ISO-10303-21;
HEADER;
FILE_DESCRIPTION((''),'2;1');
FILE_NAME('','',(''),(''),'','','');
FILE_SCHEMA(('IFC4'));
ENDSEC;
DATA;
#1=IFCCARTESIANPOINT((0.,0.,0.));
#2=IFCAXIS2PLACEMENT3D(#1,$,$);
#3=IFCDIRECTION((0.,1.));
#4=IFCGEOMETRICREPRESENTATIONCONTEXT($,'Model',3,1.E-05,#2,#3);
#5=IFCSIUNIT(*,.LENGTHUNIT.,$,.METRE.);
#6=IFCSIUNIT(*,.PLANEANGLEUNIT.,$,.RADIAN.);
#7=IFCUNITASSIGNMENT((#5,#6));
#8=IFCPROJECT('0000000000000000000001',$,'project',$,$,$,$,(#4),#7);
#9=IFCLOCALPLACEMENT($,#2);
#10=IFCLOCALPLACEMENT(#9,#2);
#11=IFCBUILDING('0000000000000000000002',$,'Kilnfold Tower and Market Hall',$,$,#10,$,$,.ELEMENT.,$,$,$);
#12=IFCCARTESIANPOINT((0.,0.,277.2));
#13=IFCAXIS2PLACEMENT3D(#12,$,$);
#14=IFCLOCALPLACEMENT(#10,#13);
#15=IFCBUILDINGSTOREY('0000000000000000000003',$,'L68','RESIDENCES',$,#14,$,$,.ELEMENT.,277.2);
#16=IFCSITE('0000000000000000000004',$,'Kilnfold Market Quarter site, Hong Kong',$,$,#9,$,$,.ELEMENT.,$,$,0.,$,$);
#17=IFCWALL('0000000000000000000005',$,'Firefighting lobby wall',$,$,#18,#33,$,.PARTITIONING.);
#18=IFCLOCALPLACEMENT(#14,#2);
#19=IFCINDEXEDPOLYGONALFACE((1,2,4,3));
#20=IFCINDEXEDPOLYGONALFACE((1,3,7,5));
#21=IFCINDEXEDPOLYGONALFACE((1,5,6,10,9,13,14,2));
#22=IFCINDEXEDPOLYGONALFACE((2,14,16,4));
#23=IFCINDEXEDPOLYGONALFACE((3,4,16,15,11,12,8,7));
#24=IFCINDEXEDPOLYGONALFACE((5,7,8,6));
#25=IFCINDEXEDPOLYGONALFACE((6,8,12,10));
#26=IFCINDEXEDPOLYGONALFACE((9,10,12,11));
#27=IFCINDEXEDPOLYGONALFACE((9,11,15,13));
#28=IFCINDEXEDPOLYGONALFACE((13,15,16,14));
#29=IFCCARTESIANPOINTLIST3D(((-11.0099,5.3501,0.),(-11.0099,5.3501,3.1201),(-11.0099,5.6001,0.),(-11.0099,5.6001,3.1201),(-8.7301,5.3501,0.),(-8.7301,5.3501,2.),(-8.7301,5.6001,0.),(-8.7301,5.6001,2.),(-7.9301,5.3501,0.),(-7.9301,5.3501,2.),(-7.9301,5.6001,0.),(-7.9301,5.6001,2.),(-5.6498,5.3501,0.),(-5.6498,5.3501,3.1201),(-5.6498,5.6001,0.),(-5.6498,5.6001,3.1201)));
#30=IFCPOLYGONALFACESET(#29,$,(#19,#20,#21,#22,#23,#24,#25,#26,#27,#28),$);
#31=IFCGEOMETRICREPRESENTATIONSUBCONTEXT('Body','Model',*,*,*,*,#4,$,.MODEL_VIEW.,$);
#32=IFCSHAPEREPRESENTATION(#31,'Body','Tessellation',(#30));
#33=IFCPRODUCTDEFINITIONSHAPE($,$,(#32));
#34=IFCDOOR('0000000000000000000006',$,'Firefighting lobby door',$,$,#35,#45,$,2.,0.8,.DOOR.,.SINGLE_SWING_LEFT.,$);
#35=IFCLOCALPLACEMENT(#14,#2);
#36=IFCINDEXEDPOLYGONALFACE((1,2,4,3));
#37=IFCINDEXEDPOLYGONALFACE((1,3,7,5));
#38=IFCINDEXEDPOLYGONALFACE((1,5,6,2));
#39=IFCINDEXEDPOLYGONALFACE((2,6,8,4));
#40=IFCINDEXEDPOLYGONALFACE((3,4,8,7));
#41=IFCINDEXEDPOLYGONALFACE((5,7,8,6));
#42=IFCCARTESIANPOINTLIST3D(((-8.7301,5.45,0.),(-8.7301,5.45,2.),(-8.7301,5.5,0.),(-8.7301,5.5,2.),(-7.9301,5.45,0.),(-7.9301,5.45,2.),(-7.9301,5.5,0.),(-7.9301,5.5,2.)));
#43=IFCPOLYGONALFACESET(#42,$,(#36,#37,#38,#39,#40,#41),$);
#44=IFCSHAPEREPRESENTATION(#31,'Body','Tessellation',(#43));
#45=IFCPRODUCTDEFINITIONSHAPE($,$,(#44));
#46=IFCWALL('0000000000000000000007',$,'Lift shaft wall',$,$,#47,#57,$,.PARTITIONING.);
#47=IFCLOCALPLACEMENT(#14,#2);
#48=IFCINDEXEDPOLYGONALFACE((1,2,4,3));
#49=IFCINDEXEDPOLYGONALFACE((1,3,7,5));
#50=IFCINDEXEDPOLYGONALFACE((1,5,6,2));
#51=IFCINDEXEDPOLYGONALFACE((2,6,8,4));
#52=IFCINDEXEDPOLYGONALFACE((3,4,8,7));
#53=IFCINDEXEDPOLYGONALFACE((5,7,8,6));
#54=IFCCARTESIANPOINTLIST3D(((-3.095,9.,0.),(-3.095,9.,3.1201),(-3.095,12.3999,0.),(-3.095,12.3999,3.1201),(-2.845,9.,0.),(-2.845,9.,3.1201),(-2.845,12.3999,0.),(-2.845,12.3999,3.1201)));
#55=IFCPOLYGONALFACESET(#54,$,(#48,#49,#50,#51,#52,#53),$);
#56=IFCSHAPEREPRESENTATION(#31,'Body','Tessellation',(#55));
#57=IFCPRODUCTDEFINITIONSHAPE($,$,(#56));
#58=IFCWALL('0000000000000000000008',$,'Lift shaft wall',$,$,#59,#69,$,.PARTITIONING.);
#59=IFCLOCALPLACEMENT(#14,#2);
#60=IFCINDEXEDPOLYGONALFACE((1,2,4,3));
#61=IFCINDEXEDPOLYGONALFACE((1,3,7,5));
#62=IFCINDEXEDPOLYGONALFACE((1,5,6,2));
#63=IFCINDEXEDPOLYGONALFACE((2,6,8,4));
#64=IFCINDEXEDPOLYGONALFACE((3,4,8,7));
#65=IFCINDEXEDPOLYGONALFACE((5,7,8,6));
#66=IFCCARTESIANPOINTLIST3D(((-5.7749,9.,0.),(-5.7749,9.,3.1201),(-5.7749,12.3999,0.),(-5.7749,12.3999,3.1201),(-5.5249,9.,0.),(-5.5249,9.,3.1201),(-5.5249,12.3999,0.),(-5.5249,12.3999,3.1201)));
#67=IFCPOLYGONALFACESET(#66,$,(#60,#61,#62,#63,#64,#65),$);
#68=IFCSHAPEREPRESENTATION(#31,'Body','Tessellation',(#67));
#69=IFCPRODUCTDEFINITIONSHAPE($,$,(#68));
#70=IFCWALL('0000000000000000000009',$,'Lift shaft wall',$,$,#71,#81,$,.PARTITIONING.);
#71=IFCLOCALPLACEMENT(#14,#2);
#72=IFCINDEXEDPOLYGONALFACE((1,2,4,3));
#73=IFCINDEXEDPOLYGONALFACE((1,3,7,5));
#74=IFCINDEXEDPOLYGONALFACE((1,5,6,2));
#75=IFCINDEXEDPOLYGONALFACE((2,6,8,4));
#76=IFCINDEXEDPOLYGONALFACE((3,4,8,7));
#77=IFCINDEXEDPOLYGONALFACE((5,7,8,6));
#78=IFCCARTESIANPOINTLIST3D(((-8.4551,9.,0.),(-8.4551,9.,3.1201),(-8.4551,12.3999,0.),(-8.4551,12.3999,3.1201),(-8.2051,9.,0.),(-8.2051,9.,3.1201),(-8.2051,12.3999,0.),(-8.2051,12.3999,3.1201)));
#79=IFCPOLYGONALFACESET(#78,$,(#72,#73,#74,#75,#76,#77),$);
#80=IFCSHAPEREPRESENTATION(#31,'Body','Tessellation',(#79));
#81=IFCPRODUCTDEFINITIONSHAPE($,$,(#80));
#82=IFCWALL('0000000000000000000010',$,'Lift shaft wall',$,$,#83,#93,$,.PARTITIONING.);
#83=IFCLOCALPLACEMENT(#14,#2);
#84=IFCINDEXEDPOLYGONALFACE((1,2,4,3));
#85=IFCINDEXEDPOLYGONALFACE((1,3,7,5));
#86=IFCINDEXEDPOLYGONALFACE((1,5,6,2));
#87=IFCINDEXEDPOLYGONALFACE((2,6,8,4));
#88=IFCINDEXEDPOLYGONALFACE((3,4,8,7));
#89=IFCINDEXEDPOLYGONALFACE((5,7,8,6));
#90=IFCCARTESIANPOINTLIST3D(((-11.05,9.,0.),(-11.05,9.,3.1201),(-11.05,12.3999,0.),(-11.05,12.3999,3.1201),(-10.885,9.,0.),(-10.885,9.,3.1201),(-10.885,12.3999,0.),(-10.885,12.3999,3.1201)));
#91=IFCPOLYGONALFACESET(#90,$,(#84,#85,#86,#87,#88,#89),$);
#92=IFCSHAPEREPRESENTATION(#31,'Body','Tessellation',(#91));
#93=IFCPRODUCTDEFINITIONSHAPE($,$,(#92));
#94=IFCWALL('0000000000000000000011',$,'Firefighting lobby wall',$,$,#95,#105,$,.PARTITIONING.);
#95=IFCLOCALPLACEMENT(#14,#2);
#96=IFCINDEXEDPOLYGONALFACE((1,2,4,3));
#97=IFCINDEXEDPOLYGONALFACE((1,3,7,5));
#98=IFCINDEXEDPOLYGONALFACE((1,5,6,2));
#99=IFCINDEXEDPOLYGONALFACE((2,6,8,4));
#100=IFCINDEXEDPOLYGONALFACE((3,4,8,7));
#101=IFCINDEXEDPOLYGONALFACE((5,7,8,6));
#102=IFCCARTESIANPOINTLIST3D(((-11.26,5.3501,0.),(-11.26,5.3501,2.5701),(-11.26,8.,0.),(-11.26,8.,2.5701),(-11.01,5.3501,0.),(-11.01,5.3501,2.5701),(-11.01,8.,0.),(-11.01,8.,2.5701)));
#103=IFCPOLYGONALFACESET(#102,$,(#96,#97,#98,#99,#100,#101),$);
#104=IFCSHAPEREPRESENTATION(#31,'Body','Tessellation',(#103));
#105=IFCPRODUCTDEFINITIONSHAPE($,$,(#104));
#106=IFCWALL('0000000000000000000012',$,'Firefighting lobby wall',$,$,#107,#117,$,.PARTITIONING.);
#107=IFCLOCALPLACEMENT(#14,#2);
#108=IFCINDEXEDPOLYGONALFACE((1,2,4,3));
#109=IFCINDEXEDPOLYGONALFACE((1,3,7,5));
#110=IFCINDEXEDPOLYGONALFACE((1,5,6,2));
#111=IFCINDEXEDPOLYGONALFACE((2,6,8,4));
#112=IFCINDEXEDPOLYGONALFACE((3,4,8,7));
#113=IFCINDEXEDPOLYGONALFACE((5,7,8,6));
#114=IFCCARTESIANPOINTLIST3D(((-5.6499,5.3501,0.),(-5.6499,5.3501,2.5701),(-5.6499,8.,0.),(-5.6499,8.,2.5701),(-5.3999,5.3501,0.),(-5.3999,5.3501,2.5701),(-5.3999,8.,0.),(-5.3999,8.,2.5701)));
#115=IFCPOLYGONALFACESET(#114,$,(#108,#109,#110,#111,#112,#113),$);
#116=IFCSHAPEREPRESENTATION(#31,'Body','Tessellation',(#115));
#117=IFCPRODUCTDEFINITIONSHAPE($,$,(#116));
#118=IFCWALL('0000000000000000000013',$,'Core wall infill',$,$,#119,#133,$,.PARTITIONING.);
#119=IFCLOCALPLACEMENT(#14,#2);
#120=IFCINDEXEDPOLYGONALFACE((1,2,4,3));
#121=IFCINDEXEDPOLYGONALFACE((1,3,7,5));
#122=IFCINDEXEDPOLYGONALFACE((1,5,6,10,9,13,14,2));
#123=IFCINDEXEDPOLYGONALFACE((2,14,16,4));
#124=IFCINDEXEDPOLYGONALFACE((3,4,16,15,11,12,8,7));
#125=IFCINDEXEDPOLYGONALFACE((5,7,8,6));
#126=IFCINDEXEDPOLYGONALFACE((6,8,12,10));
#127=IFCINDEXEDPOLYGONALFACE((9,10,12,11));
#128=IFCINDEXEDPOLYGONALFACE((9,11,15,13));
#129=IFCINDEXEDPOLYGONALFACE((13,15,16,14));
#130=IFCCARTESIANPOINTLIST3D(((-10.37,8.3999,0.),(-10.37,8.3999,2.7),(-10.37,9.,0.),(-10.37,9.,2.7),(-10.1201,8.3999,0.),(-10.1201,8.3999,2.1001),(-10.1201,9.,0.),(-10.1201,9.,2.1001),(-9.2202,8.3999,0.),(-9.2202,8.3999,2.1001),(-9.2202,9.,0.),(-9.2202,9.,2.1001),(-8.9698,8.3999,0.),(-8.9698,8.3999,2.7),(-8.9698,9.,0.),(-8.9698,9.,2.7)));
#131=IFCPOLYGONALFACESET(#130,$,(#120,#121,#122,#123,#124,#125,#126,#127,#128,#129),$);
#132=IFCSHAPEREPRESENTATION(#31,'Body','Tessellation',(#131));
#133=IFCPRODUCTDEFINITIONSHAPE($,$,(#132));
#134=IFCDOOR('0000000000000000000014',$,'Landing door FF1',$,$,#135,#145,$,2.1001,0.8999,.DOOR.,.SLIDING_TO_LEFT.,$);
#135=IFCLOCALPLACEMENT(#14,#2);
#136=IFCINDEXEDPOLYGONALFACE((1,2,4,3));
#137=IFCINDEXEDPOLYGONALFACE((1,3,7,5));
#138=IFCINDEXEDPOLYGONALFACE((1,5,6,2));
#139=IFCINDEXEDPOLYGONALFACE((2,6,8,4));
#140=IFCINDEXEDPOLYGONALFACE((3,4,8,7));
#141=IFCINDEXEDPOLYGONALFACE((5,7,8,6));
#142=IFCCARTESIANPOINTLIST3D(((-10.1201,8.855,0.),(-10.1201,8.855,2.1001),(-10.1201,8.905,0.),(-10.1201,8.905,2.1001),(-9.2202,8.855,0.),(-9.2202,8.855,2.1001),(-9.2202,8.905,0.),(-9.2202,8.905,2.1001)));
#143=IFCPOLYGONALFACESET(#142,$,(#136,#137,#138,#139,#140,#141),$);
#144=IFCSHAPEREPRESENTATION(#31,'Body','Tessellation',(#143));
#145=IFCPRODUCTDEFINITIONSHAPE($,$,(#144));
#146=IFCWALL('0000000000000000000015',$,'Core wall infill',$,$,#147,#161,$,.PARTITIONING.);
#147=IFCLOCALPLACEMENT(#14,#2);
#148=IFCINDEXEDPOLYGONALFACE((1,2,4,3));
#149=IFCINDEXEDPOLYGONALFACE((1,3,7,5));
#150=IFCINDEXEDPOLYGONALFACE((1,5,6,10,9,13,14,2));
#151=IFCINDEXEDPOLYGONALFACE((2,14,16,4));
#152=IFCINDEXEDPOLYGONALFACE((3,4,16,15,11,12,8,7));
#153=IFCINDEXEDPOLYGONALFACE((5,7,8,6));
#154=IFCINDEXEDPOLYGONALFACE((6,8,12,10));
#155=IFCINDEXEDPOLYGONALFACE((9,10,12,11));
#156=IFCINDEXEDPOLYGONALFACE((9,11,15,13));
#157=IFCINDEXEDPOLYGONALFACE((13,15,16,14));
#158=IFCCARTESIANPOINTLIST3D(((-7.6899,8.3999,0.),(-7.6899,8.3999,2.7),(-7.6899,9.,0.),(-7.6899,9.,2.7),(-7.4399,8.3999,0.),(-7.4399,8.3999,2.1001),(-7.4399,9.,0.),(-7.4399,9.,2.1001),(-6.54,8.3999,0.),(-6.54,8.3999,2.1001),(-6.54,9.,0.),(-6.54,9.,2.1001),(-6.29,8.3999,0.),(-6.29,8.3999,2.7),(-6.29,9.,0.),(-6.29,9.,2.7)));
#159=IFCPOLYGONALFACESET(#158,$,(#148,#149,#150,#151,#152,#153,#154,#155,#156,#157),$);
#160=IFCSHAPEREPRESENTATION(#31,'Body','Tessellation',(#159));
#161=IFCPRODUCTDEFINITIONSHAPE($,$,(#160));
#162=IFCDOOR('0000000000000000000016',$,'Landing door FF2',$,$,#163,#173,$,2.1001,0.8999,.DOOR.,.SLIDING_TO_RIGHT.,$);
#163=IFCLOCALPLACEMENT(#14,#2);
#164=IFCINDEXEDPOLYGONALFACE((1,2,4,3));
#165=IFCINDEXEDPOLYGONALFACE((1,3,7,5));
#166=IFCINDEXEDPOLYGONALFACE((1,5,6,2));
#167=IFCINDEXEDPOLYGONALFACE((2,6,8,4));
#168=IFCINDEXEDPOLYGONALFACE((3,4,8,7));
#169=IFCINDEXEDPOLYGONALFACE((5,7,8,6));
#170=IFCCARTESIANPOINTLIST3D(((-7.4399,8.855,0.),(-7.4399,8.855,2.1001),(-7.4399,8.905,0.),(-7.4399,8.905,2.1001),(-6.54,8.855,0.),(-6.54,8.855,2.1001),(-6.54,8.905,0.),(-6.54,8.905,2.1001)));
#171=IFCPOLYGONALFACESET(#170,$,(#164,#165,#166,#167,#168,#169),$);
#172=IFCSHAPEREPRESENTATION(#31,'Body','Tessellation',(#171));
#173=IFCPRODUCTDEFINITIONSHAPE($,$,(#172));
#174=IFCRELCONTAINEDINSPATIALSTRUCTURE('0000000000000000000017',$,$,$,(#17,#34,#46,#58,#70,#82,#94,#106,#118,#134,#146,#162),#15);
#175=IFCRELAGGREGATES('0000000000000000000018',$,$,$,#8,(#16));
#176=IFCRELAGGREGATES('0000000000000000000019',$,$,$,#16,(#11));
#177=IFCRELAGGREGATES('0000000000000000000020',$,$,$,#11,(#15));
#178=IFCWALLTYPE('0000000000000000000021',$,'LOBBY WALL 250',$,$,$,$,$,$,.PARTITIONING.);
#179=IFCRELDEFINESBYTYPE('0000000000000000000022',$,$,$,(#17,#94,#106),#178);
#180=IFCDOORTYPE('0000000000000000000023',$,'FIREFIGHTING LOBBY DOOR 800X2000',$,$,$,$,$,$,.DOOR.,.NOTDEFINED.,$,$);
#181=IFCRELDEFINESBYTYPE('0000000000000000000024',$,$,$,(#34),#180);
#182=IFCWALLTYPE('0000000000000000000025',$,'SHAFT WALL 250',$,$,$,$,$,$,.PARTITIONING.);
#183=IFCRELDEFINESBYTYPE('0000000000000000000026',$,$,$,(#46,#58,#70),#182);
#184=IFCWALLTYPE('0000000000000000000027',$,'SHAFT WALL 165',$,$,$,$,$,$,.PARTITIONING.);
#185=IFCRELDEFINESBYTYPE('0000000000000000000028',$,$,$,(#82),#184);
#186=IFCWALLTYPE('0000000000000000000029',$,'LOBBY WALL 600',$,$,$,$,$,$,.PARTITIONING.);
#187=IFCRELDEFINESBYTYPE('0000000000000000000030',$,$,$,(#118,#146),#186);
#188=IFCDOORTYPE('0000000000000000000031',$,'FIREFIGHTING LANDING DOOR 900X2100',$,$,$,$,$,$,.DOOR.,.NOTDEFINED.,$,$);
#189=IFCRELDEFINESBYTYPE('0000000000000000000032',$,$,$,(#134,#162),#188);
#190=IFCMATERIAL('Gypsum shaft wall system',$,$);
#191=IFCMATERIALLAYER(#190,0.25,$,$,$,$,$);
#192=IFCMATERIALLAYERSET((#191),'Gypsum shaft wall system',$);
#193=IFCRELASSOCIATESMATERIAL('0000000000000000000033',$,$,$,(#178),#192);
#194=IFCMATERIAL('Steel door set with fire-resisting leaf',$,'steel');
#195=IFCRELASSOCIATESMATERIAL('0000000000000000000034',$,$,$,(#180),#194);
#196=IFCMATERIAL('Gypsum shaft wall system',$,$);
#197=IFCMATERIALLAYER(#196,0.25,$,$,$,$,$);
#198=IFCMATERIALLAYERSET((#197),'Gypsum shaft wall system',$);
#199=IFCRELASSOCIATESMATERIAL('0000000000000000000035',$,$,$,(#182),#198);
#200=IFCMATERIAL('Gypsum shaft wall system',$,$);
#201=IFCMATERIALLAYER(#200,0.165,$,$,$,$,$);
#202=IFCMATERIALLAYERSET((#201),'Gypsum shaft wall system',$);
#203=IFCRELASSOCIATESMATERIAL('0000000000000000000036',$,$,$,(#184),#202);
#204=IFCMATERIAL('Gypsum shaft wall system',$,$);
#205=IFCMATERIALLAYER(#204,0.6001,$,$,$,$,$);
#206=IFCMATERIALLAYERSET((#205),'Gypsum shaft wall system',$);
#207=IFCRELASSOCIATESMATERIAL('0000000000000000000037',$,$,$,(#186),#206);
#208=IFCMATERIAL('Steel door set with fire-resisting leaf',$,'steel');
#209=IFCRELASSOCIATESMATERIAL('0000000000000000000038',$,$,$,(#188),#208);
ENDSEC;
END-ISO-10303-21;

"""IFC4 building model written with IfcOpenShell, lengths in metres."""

from ifc_helpers import new_model, si_unit, direction, frame, frame_2d, origin, place, context, subcontext, project, spatial, rectangle, extrude, source, transform, mapped, material, layer, layer_set, type_object, element, fill, save


model = new_model("IFC4")

# Units and contexts
model_context = context("Model", 3, precision=1e-05, world=origin(), true_north=direction((0.0, 1.0)))
body_context = subcontext(model_context, "Body", "Model", "MODEL_VIEW")
ifc_project = project(units=[si_unit("LENGTHUNIT", "METRE"), si_unit("PLANEANGLEUNIT", "RADIAN")], contexts=[model_context])

# Site, building, storey
site_placement = place(None, origin())
site = spatial("IfcSite", under=ifc_project, at=site_placement, Name="Kilnfold Market Quarter site, Hong Kong", CompositionType="ELEMENT", RefElevation=0.0)
building_placement = place(site_placement, origin())
building = spatial("IfcBuilding", under=site, at=building_placement, Name="Kilnfold Tower and Market Hall", CompositionType="ELEMENT")
storey_placement = place(building_placement, frame((0.0, 0.0, 277.2)))
storey = spatial("IfcBuildingStorey", under=building, at=storey_placement, Name="L68", Description="RESIDENCES", CompositionType="ELEMENT", Elevation=277.2)

# Wall, opening, door
ifc_material_1 = material(Name="Gypsum shaft wall system")
ifc_layer_1 = layer(ifc_material_1, 0.25)
ifc_layer_set_1 = layer_set([ifc_layer_1], Name="Gypsum shaft wall system")
wall_type_1 = type_object("IfcWallType", Name="LOBBY WALL 250", PredefinedType="PARTITIONING", material=ifc_layer_set_1)
shared_shape_1 = source(origin(), body_context, "Body", "SweptSolid", [
    extrude(rectangle(XDim=5.3601, YDim=0.25, at=frame_2d((2.6802, 0.0))), origin(), (0.0, 0.0, 1.0), 3.1201),
])
wall_1_placement = place(storey_placement, frame((-11.01, 5.4751, 0.0), z_axis=(0.0, 0.0, 1.0), x_axis=(1.0, 0.0, 0.0)))
wall_1 = element("IfcWall", 1, at=wall_1_placement, inside=storey, type_object=wall_type_1, Name="Firefighting lobby wall", PredefinedType="PARTITIONING", context=body_context, shape_type="MappedRepresentation", body=[
    mapped(shared_shape_1, transform((0.0, 0.0, 0.0))),
])
opening_1_placement = place(wall_1_placement, frame((2.28, 0.0, 0.0)))
opening_1 = element("IfcOpeningElement", 2, at=opening_1_placement, cuts=wall_1, PredefinedType="OPENING", context=body_context, shape_type="SweptSolid", body=[
    extrude(rectangle(XDim=0.8, YDim=2.0, at=frame_2d((0.3999, 1.0))), frame((0.0, 0.135, 0.0), z_axis=(0.0, -1.0, 0.0), x_axis=(1.0, 0.0, 0.0)), (0.0, 0.0, 1.0), 0.27),
])
ifc_material_2 = material(Name="Steel door set with fire-resisting leaf", Category="steel")
door_type_1 = type_object("IfcDoorType", Name="FIREFIGHTING LOBBY DOOR 800X2000", OperationType="NOTDEFINED", PredefinedType="DOOR", material=ifc_material_2)
door_1_placement = place(opening_1_placement, origin())
door_1 = element("IfcDoor", 3, at=door_1_placement, inside=storey, type_object=door_type_1, Name="Firefighting lobby door", OperationType="SINGLE_SWING_LEFT", OverallHeight=2.0, OverallWidth=0.8, PredefinedType="DOOR", context=body_context, shape_type="SweptSolid", body=[
    extrude(rectangle(XDim=0.8, YDim=2.0, at=frame_2d((0.3999, 1.0))), frame((0.0, 0.0249, 0.0), z_axis=(0.0, -1.0, 0.0), x_axis=(1.0, 0.0, 0.0)), (0.0, 0.0, 1.0), 0.05),
])
fill(opening_1, door_1)

# Walls
ifc_material_3 = material(Name="Gypsum shaft wall system")
ifc_layer_2 = layer(ifc_material_3, 0.25)
ifc_layer_set_2 = layer_set([ifc_layer_2], Name="Gypsum shaft wall system")
wall_type_2 = type_object("IfcWallType", Name="SHAFT WALL 250", PredefinedType="PARTITIONING", material=ifc_layer_set_2)
shared_shape_2 = source(origin(), body_context, "Body", "SweptSolid", [
    extrude(rectangle(XDim=3.3999, YDim=0.25, at=frame_2d((1.7, 0.0))), origin(), (0.0, 0.0, 1.0), 3.1201),
])
for number, where, z_axis, x_axis, name in (
    (4, (-2.97, 9.0, 0.0), (0.0, 0.0, 1.0), (0.0, 1.0, 0.0), "Lift shaft wall"),
    (5, (-5.6499, 9.0, 0.0), (0.0, 0.0, 1.0), (0.0, 1.0, 0.0), "Lift shaft wall"),
    (6, (-8.3301, 9.0, 0.0), (0.0, 0.0, 1.0), (0.0, 1.0, 0.0), "Lift shaft wall"),
):
    element("IfcWall", number, at=place(storey_placement, frame(where, z_axis=z_axis, x_axis=x_axis)), inside=storey, type_object=wall_type_2, Name=name, PredefinedType="PARTITIONING", context=body_context, shape_type="MappedRepresentation", body=[
        mapped(shared_shape_2, transform((0.0, 0.0, 0.0))),
    ])
ifc_material_4 = material(Name="Gypsum shaft wall system")
ifc_layer_3 = layer(ifc_material_4, 0.165)
ifc_layer_set_3 = layer_set([ifc_layer_3], Name="Gypsum shaft wall system")
wall_type_3 = type_object("IfcWallType", Name="SHAFT WALL 165", PredefinedType="PARTITIONING", material=ifc_layer_set_3)
shared_shape_3 = source(origin(), body_context, "Body", "SweptSolid", [
    extrude(rectangle(XDim=3.3999, YDim=0.165, at=frame_2d((1.7, 0.0))), origin(), (0.0, 0.0, 1.0), 3.1201),
])
wall_2_placement = place(storey_placement, frame((-10.9675, 9.0, 0.0), z_axis=(0.0, 0.0, 1.0), x_axis=(0.0, 1.0, 0.0)))
element("IfcWall", 7, at=wall_2_placement, inside=storey, type_object=wall_type_3, Name="Lift shaft wall", PredefinedType="PARTITIONING", context=body_context, shape_type="MappedRepresentation", body=[
    mapped(shared_shape_3, transform((0.0, 0.0, 0.0))),
])
shared_shape_4 = source(origin(), body_context, "Body", "SweptSolid", [
    extrude(rectangle(XDim=2.6499, YDim=0.25, at=frame_2d((1.325, 0.0))), origin(), (0.0, 0.0, 1.0), 2.5701),
])
for number, where, z_axis, x_axis, name in (
    (8, (-11.135, 5.3501, 0.0), (0.0, 0.0, 1.0), (0.0, 1.0, 0.0), "Firefighting lobby wall"),
    (9, (-5.5249, 5.3501, 0.0), (0.0, 0.0, 1.0), (0.0, 1.0, 0.0), "Firefighting lobby wall"),
):
    element("IfcWall", number, at=place(storey_placement, frame(where, z_axis=z_axis, x_axis=x_axis)), inside=storey, type_object=wall_type_1, Name=name, PredefinedType="PARTITIONING", context=body_context, shape_type="MappedRepresentation", body=[
        mapped(shared_shape_4, transform((0.0, 0.0, 0.0))),
    ])

# Walls, openings, doors
ifc_material_5 = material(Name="Gypsum shaft wall system")
ifc_layer_4 = layer(ifc_material_5, 0.6001)
ifc_layer_set_4 = layer_set([ifc_layer_4], Name="Gypsum shaft wall system")
wall_type_4 = type_object("IfcWallType", Name="LOBBY WALL 600", PredefinedType="PARTITIONING", material=ifc_layer_set_4)
shared_shape_5 = source(origin(), body_context, "Body", "SweptSolid", [
    extrude(rectangle(XDim=1.4001, YDim=0.6001, at=frame_2d((0.7002, 0.0))), origin(), (0.0, 0.0, 1.0), 2.7),
])
wall_3_placement = place(storey_placement, frame((-10.3701, 8.7, 0.0), z_axis=(0.0, 0.0, 1.0), x_axis=(1.0, 0.0, 0.0)))
wall_3 = element("IfcWall", 10, at=wall_3_placement, inside=storey, type_object=wall_type_4, Name="Core wall infill", PredefinedType="PARTITIONING", context=body_context, shape_type="MappedRepresentation", body=[
    mapped(shared_shape_5, transform((0.0, 0.0, 0.0))),
])
opening_2_placement = place(wall_3_placement, frame((0.25, 0.0, 0.0)))
opening_2 = element("IfcOpeningElement", 11, at=opening_2_placement, cuts=wall_3, PredefinedType="OPENING", context=body_context, shape_type="SweptSolid", body=[
    extrude(rectangle(XDim=0.8999, YDim=2.1001, at=frame_2d((0.45, 1.05))), frame((0.0, 0.3101, 0.0), z_axis=(0.0, -1.0, 0.0), x_axis=(1.0, 0.0, 0.0)), (0.0, 0.0, 1.0), 0.6201),
])
ifc_material_6 = material(Name="Steel door set with fire-resisting leaf", Category="steel")
door_type_2 = type_object("IfcDoorType", Name="FIREFIGHTING LANDING DOOR 900X2100", OperationType="NOTDEFINED", PredefinedType="DOOR", material=ifc_material_6)
door_2_placement = place(opening_2_placement, origin())
door_2 = element("IfcDoor", 12, at=door_2_placement, inside=storey, type_object=door_type_2, Name="Landing door FF1", OperationType="SLIDING_TO_LEFT", OverallHeight=2.1001, OverallWidth=0.8999, PredefinedType="DOOR", context=body_context, shape_type="SweptSolid", body=[
    extrude(rectangle(XDim=0.8999, YDim=2.1001, at=frame_2d((0.45, 1.05))), frame((0.0, 0.2051, 0.0), z_axis=(0.0, -1.0, 0.0), x_axis=(1.0, 0.0, 0.0)), (0.0, 0.0, 1.0), 0.05),
])
fill(opening_2, door_2)
shared_shape_6 = source(origin(), body_context, "Body", "SweptSolid", [
    extrude(rectangle(XDim=1.3999, YDim=0.6001, at=frame_2d((0.7, 0.0))), origin(), (0.0, 0.0, 1.0), 2.7),
])
wall_4_placement = place(storey_placement, frame((-7.6899, 8.7, 0.0), z_axis=(0.0, 0.0, 1.0), x_axis=(1.0, 0.0, 0.0)))
wall_4 = element("IfcWall", 13, at=wall_4_placement, inside=storey, type_object=wall_type_4, Name="Core wall infill", PredefinedType="PARTITIONING", context=body_context, shape_type="MappedRepresentation", body=[
    mapped(shared_shape_6, transform((0.0, 0.0, 0.0))),
])
opening_3_placement = place(wall_4_placement, frame((0.25, 0.0, 0.0)))
opening_3 = element("IfcOpeningElement", 14, at=opening_3_placement, cuts=wall_4, PredefinedType="OPENING", context=body_context, shape_type="SweptSolid", body=[
    extrude(rectangle(XDim=0.8999, YDim=2.1001, at=frame_2d((0.45, 1.05))), frame((0.0, 0.3101, 0.0), z_axis=(0.0, -1.0, 0.0), x_axis=(1.0, 0.0, 0.0)), (0.0, 0.0, 1.0), 0.6201),
])
door_3_placement = place(opening_3_placement, origin())
door_3 = element("IfcDoor", 15, at=door_3_placement, inside=storey, type_object=door_type_2, Name="Landing door FF2", OperationType="SLIDING_TO_RIGHT", OverallHeight=2.1001, OverallWidth=0.8999, PredefinedType="DOOR", context=body_context, shape_type="SweptSolid", body=[
    extrude(rectangle(XDim=0.8999, YDim=2.1001, at=frame_2d((0.45, 1.05))), frame((0.0, 0.2051, 0.0), z_axis=(0.0, -1.0, 0.0), x_axis=(1.0, 0.0, 0.0)), (0.0, 0.0, 1.0), 0.05),
])
fill(opening_3, door_3)

save(model, "model.ifc")
